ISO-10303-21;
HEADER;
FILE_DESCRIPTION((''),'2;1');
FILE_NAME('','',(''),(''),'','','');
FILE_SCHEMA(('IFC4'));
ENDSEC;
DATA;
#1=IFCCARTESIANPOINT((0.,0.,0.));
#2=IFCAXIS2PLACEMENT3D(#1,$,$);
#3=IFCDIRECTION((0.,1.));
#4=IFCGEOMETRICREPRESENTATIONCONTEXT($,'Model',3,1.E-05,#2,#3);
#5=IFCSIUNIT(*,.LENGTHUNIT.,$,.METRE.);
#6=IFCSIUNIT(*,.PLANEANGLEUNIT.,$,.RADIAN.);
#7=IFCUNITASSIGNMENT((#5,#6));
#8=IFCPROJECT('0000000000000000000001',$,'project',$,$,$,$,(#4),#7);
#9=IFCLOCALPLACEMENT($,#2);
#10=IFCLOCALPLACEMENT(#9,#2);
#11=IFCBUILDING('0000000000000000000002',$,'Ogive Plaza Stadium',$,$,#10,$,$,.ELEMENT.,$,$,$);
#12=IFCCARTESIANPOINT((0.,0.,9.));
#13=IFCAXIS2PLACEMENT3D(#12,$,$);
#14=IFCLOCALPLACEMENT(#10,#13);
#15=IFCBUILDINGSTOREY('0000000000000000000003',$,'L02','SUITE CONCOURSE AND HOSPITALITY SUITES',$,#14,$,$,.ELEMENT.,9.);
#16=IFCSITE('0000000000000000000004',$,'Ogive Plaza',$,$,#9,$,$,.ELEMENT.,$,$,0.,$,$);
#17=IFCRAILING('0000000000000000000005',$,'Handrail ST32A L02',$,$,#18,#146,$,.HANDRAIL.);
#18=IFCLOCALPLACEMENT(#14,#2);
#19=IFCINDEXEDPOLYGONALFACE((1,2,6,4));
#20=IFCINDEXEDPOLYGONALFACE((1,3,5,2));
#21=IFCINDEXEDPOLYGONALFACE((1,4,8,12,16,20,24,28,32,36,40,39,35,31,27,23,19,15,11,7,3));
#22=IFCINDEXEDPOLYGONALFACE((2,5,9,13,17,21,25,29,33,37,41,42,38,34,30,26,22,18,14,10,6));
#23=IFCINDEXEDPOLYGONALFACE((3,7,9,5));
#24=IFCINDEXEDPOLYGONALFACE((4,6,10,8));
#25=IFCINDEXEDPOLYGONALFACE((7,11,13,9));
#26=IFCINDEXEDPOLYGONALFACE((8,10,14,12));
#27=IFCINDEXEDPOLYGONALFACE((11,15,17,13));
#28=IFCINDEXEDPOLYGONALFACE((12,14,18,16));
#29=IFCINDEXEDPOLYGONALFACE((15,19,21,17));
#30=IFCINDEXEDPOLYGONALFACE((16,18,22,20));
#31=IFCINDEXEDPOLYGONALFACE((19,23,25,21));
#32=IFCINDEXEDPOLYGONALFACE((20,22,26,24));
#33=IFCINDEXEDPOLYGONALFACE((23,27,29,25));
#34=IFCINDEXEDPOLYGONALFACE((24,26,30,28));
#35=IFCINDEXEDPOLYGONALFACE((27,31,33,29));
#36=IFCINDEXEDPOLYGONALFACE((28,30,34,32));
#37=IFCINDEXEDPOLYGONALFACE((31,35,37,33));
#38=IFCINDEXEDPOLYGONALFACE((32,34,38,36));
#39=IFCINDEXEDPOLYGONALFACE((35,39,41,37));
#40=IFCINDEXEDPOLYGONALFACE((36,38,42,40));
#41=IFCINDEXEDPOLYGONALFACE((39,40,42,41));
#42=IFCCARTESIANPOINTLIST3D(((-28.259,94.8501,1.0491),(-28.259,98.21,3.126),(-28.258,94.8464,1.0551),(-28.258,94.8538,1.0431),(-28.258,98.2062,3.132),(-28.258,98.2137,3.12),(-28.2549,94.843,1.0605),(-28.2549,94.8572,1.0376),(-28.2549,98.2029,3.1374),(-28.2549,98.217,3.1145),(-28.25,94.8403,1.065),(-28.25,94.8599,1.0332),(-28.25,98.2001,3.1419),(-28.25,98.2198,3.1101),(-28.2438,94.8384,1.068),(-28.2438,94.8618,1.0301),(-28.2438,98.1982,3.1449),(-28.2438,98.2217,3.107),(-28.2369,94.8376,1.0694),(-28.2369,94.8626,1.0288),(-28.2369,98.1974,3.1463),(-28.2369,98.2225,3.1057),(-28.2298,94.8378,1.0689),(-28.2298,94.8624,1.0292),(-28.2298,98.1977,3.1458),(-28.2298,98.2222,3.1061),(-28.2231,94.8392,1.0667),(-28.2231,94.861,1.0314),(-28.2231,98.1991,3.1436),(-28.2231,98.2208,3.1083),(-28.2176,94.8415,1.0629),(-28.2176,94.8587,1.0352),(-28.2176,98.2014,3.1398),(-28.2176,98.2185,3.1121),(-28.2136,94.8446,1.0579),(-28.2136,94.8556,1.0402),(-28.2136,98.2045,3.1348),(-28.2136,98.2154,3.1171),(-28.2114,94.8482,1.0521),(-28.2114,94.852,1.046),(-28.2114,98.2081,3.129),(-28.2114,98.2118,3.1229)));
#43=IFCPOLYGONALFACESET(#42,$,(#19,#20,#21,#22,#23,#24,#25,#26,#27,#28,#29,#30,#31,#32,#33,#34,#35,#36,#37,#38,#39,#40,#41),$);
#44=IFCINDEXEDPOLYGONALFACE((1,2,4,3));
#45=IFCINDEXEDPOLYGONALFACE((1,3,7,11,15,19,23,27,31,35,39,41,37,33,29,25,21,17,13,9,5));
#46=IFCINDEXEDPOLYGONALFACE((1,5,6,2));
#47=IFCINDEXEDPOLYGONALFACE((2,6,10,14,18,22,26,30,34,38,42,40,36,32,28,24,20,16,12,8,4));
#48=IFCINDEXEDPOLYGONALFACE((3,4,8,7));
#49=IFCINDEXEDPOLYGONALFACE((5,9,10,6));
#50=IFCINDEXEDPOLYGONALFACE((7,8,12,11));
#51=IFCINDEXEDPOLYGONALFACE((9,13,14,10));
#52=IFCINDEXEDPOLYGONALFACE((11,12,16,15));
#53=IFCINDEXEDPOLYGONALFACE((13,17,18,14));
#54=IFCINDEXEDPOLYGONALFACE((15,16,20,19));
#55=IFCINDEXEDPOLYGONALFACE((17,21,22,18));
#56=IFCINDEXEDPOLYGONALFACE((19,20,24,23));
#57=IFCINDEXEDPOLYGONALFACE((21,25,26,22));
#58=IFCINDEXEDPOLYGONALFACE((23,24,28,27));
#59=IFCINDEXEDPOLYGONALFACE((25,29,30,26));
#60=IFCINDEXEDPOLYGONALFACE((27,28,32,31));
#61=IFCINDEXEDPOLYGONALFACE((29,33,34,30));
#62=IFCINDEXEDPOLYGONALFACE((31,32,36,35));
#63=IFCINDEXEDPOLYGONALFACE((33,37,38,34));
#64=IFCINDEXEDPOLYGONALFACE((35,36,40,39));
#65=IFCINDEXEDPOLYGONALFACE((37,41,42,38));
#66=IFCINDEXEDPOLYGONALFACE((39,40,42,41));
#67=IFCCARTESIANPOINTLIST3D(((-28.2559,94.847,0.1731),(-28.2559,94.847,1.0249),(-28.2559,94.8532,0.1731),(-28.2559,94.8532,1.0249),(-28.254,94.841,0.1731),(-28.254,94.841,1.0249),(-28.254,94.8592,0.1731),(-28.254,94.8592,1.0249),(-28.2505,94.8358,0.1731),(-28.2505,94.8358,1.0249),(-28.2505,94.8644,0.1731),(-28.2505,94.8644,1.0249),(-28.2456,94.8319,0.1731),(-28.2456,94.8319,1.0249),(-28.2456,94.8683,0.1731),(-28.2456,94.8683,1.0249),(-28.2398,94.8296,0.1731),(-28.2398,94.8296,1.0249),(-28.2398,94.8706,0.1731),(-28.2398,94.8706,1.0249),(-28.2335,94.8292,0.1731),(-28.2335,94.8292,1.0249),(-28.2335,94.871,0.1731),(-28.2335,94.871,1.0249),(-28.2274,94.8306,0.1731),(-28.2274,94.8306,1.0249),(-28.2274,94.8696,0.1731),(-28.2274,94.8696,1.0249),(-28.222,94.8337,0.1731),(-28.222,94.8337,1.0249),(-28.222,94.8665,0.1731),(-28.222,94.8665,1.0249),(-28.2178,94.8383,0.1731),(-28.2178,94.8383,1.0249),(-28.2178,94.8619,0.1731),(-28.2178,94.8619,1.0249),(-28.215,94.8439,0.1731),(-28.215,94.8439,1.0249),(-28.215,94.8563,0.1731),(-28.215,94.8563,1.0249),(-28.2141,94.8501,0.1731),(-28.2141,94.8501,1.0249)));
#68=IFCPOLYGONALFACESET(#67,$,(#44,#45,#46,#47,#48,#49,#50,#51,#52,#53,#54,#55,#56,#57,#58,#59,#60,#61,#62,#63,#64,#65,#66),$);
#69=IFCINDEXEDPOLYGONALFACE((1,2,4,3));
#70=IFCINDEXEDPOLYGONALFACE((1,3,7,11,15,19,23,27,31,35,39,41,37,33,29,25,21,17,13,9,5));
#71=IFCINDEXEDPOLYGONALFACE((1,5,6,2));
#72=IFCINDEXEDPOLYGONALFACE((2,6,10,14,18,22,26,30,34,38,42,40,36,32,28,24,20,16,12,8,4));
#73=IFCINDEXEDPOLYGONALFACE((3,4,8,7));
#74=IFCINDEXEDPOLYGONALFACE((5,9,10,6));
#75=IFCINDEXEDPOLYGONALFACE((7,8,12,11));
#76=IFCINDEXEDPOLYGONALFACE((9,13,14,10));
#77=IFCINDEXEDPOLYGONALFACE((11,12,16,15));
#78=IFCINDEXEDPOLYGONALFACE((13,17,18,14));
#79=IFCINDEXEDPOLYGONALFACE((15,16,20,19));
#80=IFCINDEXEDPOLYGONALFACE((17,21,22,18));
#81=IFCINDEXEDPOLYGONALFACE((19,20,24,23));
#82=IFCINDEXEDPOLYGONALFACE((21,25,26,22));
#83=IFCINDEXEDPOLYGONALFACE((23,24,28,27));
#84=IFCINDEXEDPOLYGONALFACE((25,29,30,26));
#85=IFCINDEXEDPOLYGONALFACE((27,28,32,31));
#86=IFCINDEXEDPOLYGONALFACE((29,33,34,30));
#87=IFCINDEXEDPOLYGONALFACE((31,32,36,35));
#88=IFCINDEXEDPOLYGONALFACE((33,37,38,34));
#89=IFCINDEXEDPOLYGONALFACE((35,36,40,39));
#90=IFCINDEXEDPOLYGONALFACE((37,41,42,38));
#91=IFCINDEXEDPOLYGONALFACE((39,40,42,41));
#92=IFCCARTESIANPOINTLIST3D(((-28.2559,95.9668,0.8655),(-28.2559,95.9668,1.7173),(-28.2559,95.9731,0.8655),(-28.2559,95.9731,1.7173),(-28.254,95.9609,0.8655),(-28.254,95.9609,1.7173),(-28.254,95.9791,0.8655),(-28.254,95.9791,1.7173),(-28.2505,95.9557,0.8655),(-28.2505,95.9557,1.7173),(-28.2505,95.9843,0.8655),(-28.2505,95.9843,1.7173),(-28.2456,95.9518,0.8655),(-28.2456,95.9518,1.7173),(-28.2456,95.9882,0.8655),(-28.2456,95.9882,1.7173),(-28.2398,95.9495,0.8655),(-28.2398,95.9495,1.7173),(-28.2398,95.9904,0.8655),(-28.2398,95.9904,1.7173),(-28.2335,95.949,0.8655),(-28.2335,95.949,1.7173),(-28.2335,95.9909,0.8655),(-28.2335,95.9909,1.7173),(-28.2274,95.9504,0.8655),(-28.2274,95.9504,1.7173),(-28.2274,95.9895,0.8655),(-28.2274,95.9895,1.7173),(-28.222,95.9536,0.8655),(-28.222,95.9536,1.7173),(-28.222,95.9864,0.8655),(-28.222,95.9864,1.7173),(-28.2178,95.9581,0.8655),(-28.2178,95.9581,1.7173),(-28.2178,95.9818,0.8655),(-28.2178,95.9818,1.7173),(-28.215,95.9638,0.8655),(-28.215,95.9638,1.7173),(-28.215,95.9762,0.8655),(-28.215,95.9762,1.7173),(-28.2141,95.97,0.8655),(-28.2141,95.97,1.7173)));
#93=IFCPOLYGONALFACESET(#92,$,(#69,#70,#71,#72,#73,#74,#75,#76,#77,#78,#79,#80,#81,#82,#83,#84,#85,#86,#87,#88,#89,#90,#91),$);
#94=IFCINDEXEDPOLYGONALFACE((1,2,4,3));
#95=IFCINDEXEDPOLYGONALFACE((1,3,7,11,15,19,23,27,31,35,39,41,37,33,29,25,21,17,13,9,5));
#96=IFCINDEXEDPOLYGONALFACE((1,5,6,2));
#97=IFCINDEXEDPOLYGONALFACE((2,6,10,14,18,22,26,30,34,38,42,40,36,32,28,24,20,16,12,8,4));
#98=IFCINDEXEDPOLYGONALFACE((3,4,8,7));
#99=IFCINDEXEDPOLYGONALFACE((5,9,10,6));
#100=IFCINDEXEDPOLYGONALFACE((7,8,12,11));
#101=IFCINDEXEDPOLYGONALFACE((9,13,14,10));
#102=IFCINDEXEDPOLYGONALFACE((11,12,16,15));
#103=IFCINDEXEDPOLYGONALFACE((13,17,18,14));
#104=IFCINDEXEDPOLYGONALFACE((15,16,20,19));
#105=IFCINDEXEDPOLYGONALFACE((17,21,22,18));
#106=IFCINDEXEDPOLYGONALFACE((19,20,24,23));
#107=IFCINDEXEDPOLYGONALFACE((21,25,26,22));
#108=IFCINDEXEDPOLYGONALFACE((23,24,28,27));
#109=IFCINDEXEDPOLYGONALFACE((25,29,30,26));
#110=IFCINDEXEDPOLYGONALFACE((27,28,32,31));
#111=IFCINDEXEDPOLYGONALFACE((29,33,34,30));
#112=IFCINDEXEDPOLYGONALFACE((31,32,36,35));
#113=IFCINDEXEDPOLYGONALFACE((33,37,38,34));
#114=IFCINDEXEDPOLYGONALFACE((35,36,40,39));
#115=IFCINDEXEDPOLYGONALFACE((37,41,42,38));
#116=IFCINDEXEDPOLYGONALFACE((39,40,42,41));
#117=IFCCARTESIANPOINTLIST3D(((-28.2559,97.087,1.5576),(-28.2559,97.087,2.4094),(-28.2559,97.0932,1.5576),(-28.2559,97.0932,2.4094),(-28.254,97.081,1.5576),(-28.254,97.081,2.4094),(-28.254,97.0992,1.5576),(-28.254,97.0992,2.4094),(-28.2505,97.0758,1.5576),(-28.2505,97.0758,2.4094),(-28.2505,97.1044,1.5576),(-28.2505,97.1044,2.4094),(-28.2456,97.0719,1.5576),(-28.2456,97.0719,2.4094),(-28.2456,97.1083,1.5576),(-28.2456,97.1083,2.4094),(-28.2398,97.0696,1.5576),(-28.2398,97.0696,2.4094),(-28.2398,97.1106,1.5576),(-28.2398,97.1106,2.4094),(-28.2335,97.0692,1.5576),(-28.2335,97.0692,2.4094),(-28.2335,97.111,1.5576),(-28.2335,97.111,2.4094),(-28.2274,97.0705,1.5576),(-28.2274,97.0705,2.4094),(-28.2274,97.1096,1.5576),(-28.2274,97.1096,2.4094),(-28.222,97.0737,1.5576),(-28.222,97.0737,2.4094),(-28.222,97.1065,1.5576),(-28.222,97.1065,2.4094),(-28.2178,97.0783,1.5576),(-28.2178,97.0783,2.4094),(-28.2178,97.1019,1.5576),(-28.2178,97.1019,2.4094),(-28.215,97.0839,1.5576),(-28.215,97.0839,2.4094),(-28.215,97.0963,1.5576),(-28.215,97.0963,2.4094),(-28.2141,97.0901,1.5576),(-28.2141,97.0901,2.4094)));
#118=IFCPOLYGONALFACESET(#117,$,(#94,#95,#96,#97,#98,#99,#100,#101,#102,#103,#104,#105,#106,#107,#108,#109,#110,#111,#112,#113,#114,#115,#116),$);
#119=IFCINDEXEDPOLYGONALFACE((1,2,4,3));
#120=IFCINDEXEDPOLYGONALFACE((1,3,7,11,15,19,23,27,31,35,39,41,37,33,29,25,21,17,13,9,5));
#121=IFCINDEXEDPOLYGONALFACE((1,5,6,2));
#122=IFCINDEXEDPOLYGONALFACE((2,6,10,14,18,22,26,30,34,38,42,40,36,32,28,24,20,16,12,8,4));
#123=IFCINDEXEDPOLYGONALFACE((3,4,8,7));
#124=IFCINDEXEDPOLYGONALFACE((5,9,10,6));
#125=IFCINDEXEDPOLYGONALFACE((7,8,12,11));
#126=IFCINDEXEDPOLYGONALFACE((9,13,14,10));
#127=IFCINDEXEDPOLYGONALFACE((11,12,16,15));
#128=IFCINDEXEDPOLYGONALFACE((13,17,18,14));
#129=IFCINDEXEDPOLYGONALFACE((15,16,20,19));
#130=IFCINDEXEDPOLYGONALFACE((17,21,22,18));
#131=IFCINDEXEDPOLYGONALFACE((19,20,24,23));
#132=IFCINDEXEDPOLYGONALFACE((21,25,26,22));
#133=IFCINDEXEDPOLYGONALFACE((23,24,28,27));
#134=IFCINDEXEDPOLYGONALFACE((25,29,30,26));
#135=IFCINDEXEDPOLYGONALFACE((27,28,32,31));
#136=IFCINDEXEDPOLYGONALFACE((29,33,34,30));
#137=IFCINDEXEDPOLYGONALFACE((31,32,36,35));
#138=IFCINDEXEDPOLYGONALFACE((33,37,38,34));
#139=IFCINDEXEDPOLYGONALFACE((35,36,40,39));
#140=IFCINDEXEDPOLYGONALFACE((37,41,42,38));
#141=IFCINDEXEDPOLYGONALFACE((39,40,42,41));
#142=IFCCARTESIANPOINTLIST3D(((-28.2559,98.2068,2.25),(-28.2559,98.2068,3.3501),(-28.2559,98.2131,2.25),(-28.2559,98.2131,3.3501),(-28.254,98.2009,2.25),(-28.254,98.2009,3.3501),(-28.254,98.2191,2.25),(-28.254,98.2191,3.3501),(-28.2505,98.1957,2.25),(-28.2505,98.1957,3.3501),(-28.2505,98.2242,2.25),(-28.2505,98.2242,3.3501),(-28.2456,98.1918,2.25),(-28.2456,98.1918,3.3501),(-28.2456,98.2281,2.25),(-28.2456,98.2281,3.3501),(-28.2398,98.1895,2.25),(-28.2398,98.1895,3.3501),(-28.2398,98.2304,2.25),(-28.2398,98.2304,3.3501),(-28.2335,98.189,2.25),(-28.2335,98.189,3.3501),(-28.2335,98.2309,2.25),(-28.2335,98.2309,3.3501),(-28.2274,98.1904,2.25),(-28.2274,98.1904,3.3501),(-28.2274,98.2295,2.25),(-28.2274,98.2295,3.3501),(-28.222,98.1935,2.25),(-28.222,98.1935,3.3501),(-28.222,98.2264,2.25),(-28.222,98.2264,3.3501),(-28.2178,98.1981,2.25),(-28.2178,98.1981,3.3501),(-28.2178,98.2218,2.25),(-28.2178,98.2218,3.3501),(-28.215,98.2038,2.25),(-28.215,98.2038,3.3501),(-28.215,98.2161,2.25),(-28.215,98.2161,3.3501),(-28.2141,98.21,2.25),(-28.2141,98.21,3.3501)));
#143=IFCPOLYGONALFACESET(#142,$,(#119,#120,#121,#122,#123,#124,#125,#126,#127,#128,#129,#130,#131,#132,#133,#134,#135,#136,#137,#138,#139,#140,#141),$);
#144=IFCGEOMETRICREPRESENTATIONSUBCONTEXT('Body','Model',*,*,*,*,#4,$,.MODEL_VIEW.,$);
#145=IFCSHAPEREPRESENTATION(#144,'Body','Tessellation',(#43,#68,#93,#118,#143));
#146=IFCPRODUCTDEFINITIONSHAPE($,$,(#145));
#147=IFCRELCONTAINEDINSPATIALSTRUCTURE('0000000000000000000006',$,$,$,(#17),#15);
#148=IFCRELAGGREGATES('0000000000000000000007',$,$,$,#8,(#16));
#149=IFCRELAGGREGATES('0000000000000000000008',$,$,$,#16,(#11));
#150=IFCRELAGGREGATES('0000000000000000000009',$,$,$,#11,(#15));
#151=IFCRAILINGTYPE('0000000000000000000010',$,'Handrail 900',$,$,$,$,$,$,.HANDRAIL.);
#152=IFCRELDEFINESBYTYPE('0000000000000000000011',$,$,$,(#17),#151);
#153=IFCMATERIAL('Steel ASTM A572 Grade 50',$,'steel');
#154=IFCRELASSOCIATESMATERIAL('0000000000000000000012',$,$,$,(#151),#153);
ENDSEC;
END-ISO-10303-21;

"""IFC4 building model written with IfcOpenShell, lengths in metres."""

from ifc_helpers import new_model, si_unit, direction, frame, origin, origin_2d, place, context, subcontext, project, spatial, circle, extrude, material, type_object, element, save


model = new_model("IFC4")

# Units and contexts
model_context = context("Model", 3, precision=1e-05, world=origin(), true_north=direction((0.0, 1.0)))
body_context = subcontext(model_context, "Body", "Model", "MODEL_VIEW")
ifc_project = project(units=[si_unit("LENGTHUNIT", "METRE"), si_unit("PLANEANGLEUNIT", "RADIAN")], contexts=[model_context])

# Site, building, storey
site_placement = place(None, origin())
site = spatial("IfcSite", under=ifc_project, at=site_placement, Name="Ogive Plaza", CompositionType="ELEMENT", RefElevation=0.0)
building_placement = place(site_placement, origin())
building = spatial("IfcBuilding", under=site, at=building_placement, Name="Ogive Plaza Stadium", CompositionType="ELEMENT")
storey_placement = place(building_placement, frame((0.0, 0.0, 9.0)))
storey = spatial("IfcBuildingStorey", under=building, at=storey_placement, Name="L02", Description="SUITE CONCOURSE AND HOSPITALITY SUITES", CompositionType="ELEMENT", Elevation=9.0)

# Railing
ifc_material_1 = material(Name="Steel ASTM A572 Grade 50", Category="steel")
railing_type_1 = type_object("IfcRailingType", Name="Handrail 900", PredefinedType="HANDRAIL", material=ifc_material_1)
for number, where, name in (
    (1, (-28.2351, 94.8501, 0.1731), "Handrail ST32A L02"),
):
    element("IfcRailing", number, at=place(storey_placement, frame(where)), inside=storey, type_object=railing_type_1, Name=name, PredefinedType="HANDRAIL", context=body_context, shape_type="SweptSolid", body=[
        extrude(circle(Radius=0.0239, at=origin_2d()), frame((0.0, 0.0, 0.876), z_axis=(0.0, 0.850606, 0.525803), x_axis=(-1.0, 0.0, 0.0)), (0.0, 0.0, 1.0), 3.95),
        extrude(circle(Radius=0.021, at=origin_2d()), origin(), (0.0, 0.0, 1.0), 0.8518),
        extrude(circle(Radius=0.021, at=origin_2d()), frame((0.0, 1.1199, 0.6924)), (0.0, 0.0, 1.0), 0.8518),
        extrude(circle(Radius=0.021, at=origin_2d()), frame((0.0, 2.24, 1.3845)), (0.0, 0.0, 1.0), 0.8518),
        extrude(circle(Radius=0.021, at=origin_2d()), frame((0.0, 3.3599, 2.0769)), (0.0, 0.0, 1.0), 1.1001),
    ])

save(model, "model.ifc")
